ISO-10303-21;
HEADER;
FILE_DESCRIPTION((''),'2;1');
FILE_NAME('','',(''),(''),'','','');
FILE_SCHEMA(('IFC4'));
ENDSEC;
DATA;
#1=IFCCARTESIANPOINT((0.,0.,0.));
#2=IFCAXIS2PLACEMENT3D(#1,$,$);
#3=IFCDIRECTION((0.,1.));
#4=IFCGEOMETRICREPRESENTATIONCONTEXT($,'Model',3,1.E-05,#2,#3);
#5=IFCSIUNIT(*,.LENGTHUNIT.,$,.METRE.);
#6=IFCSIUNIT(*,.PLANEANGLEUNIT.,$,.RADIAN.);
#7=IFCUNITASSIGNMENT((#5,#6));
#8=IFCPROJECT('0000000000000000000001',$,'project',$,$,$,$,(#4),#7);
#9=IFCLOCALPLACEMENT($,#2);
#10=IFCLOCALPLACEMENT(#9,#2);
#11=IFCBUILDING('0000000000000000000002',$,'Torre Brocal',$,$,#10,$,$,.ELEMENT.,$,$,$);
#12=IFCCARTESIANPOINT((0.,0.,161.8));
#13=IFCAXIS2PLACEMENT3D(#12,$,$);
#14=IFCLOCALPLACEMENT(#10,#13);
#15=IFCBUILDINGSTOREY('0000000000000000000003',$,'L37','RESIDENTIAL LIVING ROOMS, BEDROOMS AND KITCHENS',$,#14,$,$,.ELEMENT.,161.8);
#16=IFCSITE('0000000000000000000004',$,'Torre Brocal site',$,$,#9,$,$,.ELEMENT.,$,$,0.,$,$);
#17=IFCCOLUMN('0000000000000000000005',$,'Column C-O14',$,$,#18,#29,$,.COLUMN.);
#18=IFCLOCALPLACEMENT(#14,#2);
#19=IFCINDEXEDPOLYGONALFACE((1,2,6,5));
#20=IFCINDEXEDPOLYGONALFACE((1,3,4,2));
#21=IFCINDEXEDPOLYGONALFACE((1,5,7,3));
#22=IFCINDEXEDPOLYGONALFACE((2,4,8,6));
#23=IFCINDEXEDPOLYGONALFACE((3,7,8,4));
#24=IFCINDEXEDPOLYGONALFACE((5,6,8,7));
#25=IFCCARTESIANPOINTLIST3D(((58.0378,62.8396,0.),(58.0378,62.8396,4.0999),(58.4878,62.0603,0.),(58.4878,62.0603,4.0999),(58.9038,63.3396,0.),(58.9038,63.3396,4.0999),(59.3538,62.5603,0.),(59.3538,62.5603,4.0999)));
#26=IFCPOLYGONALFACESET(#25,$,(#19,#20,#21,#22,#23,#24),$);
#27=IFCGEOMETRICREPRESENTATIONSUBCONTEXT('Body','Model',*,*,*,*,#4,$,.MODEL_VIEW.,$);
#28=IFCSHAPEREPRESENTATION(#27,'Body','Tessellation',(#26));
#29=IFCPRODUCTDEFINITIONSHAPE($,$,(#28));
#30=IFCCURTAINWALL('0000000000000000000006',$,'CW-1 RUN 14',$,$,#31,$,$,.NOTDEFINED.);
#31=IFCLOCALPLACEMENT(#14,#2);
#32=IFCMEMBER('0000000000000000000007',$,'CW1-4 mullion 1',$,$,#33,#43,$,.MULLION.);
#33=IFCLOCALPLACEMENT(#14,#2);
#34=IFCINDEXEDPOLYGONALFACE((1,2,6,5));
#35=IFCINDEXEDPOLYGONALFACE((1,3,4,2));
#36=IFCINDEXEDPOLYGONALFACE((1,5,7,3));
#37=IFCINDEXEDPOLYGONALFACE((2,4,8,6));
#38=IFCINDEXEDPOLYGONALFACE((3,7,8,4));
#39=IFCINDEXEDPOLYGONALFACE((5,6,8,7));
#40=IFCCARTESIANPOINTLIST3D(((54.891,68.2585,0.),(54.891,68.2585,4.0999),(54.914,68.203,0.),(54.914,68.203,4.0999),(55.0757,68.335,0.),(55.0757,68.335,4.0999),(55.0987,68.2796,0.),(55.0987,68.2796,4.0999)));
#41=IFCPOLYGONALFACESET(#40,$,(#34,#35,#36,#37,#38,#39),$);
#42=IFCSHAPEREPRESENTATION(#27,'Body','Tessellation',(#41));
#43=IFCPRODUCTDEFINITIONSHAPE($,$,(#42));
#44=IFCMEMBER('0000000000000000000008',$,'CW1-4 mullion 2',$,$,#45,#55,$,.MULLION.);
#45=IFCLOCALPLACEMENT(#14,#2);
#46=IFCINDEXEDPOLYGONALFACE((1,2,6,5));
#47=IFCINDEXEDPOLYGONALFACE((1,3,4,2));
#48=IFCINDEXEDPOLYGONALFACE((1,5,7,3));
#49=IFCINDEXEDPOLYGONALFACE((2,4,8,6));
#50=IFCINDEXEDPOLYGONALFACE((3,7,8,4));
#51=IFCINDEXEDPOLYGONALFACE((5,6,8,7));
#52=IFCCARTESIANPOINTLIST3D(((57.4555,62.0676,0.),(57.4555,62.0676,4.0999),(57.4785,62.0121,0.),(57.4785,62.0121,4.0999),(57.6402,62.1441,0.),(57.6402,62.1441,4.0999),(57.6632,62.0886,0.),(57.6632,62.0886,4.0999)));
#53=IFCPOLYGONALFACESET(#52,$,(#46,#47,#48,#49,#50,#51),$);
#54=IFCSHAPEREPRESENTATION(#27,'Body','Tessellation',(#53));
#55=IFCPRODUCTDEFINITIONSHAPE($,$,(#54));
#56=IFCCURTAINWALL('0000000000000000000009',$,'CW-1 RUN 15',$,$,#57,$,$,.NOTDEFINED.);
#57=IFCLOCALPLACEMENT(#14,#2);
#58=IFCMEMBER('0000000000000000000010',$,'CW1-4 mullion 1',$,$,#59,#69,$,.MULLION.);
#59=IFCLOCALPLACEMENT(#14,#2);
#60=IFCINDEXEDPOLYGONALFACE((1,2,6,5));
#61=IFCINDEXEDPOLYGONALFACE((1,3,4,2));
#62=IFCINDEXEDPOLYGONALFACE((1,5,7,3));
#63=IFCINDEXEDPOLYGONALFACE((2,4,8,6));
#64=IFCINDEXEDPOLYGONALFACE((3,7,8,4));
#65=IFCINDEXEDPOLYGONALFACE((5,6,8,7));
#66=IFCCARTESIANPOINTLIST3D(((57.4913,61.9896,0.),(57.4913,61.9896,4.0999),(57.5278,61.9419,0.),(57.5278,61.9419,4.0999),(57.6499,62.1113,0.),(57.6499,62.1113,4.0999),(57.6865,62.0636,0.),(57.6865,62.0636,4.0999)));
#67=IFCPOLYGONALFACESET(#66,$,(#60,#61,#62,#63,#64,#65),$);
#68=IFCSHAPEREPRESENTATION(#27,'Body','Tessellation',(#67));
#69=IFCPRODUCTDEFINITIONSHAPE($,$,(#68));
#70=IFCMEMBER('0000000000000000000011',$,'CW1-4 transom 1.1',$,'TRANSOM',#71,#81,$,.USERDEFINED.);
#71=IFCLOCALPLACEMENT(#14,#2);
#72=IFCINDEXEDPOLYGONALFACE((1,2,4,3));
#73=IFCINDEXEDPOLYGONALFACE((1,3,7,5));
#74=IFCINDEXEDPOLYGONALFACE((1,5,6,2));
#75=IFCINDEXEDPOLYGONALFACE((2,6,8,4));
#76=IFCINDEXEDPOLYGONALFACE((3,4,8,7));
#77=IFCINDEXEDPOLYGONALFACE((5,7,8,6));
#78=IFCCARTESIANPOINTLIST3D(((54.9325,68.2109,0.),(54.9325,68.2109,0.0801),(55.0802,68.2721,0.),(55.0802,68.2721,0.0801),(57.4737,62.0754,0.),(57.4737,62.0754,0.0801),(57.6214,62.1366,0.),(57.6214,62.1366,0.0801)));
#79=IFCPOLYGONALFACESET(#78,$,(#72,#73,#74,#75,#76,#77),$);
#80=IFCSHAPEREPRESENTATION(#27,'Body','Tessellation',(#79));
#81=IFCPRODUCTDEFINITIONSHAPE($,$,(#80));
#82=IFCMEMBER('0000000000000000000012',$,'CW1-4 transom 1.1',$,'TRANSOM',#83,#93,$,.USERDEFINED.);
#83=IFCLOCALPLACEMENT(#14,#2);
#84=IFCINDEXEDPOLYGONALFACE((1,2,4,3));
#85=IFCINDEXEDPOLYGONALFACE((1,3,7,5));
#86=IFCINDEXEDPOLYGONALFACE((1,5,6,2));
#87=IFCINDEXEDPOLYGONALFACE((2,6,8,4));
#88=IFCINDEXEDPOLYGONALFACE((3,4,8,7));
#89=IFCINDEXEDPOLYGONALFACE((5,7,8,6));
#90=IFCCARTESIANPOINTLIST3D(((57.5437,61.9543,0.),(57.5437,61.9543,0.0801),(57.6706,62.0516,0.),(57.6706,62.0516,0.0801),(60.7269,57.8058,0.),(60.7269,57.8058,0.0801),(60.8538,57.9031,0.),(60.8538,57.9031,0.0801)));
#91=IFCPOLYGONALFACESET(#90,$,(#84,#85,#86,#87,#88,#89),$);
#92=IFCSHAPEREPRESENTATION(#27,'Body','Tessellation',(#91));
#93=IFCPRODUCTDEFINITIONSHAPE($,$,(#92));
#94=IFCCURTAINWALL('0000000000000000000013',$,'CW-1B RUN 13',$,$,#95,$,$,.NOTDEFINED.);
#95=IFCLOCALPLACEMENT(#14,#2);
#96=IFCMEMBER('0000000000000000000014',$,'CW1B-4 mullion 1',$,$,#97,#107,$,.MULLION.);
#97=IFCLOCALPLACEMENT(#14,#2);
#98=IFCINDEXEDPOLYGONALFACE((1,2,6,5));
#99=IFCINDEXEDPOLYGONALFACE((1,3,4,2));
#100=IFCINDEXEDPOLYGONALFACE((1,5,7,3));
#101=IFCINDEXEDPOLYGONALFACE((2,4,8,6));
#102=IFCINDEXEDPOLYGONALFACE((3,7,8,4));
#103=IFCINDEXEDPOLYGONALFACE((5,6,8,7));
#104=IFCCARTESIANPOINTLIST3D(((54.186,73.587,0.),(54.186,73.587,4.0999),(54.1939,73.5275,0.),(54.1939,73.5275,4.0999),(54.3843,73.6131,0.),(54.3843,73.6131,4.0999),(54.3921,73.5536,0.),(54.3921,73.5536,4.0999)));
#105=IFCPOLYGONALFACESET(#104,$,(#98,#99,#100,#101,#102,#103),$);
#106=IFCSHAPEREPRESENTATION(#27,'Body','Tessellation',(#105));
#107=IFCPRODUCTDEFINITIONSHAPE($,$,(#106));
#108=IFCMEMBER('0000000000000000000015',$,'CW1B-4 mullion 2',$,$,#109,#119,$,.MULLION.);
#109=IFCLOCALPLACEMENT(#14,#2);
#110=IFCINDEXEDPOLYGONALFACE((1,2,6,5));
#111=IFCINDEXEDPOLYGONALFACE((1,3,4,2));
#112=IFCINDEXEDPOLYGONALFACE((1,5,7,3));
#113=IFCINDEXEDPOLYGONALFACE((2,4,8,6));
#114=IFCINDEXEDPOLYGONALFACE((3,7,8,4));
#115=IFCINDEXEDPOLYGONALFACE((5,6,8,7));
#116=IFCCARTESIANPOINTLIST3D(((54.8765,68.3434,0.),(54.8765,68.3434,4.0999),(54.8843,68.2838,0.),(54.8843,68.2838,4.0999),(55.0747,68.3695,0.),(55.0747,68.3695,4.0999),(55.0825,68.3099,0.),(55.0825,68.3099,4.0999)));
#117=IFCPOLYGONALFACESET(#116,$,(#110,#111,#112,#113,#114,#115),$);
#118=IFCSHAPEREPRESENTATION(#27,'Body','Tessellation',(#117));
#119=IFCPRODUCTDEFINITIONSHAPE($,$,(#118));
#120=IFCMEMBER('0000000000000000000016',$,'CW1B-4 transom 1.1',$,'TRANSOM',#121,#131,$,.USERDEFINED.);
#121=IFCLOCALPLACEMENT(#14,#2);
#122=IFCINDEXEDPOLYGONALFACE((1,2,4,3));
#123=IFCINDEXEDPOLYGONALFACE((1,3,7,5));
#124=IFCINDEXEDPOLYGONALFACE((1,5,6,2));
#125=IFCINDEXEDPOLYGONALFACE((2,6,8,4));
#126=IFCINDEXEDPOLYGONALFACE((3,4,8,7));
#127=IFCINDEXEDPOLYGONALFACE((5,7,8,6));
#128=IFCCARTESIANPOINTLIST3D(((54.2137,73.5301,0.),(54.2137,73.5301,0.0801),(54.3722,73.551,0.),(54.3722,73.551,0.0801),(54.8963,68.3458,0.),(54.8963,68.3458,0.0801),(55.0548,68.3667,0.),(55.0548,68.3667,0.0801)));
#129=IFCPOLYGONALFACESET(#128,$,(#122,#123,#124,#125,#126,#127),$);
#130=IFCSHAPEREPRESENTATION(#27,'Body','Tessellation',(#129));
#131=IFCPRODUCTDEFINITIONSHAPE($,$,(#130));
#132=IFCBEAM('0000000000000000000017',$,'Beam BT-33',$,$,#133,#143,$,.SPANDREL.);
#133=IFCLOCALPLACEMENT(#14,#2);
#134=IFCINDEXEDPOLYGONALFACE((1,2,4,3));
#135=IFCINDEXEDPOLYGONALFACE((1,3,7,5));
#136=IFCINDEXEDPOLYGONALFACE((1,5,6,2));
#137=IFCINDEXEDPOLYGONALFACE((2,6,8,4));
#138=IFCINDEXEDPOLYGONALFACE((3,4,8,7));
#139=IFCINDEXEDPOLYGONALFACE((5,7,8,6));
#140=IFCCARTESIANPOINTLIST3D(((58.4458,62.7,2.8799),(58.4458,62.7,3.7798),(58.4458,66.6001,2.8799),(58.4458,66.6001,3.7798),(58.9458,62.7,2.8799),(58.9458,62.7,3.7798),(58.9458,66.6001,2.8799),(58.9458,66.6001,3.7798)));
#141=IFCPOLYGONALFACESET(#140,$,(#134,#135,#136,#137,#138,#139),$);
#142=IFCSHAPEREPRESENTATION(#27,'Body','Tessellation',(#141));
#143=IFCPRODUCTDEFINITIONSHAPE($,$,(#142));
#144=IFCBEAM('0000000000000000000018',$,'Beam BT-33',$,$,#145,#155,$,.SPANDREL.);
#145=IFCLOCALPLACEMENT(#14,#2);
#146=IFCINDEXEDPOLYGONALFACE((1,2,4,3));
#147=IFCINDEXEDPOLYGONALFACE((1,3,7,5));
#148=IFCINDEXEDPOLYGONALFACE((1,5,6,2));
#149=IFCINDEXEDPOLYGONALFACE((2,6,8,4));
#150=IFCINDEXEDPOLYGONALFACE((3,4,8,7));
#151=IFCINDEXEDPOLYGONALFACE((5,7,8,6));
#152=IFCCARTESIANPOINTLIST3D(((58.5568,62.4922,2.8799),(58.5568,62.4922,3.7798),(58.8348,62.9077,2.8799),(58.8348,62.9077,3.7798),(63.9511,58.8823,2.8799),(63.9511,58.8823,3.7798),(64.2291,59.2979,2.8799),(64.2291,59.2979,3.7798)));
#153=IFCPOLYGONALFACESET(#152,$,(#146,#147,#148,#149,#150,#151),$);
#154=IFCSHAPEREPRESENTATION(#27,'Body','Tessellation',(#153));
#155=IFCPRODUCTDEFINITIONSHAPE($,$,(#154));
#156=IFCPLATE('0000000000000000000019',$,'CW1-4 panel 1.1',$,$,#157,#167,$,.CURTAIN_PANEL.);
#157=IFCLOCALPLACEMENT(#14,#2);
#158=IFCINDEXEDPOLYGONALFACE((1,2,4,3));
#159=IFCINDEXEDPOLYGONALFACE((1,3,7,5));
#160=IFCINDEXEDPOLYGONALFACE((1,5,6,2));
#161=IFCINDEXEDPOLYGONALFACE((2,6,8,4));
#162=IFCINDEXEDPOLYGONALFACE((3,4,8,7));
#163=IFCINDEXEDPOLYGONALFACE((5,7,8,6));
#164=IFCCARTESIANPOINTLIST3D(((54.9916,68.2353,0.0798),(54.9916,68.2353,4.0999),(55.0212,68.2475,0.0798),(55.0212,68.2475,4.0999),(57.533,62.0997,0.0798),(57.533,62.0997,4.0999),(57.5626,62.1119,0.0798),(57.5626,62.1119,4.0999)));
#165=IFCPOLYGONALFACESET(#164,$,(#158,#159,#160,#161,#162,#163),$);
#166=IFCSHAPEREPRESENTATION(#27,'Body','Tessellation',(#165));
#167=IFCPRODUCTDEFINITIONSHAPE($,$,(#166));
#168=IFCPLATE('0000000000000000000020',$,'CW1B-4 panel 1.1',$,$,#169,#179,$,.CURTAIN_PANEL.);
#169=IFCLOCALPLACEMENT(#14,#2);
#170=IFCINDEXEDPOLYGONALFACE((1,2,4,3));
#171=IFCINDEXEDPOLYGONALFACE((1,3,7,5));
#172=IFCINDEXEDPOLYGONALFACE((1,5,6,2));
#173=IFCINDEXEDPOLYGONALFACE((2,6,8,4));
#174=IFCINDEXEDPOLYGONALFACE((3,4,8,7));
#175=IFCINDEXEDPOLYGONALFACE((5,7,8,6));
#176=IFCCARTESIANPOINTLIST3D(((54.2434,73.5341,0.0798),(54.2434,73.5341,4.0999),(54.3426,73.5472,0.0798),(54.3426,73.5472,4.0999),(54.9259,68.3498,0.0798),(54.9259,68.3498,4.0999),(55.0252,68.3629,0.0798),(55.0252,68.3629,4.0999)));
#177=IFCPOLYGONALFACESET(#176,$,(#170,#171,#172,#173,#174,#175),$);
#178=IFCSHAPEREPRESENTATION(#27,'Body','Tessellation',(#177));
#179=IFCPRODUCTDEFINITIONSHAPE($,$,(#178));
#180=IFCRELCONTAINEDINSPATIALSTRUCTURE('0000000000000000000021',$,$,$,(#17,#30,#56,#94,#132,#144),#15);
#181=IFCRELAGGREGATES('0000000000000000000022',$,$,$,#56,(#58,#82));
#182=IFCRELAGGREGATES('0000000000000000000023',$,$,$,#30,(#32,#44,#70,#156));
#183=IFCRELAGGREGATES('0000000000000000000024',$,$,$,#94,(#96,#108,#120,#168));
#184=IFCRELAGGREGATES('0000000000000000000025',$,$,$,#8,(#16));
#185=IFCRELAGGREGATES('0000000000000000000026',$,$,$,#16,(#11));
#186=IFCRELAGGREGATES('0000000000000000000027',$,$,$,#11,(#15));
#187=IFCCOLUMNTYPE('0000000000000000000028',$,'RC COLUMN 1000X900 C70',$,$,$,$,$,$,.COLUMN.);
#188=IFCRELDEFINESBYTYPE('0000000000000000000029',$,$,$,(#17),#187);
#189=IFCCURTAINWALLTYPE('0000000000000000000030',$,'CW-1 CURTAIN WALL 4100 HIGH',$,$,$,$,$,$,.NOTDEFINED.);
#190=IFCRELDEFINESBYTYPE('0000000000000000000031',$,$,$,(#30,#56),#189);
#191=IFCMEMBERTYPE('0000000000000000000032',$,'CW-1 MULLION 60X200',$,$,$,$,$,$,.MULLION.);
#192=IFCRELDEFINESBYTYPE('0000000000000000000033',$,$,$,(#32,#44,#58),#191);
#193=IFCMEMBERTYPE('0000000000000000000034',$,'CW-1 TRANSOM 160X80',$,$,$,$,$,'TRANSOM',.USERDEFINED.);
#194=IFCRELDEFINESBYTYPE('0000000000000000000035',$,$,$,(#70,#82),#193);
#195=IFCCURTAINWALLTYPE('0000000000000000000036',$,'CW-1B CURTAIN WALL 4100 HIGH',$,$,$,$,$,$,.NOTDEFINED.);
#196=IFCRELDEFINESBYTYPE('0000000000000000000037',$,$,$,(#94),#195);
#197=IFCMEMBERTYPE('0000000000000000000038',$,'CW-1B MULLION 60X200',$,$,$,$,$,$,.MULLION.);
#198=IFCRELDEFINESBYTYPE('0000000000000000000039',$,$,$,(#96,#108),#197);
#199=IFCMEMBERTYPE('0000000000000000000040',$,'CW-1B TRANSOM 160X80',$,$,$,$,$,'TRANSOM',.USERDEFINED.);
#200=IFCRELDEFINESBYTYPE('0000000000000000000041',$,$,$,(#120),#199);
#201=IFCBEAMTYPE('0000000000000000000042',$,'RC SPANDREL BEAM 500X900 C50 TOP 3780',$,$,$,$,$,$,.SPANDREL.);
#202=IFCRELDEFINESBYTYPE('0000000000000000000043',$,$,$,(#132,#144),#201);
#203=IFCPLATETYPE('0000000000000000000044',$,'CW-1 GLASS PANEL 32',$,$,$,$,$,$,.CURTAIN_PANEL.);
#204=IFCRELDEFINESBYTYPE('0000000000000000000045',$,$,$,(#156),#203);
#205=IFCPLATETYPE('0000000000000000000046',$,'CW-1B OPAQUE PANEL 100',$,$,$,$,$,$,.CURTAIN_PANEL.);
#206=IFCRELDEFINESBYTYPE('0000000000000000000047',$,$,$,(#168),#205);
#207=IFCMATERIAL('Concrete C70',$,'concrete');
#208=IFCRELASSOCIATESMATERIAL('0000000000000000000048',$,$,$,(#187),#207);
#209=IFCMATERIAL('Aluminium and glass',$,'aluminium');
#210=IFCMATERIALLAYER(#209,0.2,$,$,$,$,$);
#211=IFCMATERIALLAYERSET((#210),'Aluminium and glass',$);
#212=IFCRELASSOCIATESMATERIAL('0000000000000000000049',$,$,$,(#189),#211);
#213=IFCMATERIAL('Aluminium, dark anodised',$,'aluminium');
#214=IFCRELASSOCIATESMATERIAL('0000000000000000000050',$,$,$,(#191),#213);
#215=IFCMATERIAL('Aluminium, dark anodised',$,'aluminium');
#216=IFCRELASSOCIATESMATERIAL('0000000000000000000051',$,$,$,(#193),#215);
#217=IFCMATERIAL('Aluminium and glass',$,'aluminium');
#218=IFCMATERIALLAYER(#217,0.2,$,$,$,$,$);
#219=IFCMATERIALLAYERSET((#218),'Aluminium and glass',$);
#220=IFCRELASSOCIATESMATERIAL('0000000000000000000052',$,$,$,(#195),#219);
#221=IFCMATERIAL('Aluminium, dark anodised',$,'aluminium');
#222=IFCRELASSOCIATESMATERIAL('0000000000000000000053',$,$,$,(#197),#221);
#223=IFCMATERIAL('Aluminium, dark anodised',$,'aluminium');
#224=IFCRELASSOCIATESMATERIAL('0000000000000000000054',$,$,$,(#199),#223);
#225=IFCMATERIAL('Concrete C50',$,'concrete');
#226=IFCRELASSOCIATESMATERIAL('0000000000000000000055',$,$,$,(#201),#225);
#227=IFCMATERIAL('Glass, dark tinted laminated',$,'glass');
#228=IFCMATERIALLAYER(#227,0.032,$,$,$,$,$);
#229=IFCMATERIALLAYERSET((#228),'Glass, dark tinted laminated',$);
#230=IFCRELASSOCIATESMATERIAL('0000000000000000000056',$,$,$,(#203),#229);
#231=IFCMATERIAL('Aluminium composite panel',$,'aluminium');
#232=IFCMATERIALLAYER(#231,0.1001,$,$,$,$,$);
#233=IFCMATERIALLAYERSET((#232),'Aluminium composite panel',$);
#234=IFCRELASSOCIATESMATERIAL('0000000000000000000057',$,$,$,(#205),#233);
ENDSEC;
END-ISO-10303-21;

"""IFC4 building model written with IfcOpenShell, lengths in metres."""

from ifc_helpers import new_model, si_unit, direction, frame, origin, origin_2d, place, context, subcontext, project, spatial, rectangle, extrude, material, layer, layer_set, material_profile, profile_set, type_object, element, aggregate, save


model = new_model("IFC4")

# Units and contexts
model_context = context("Model", 3, precision=1e-05, world=origin(), true_north=direction((0.0, 1.0)))
body_context = subcontext(model_context, "Body", "Model", "MODEL_VIEW")
ifc_project = project(units=[si_unit("LENGTHUNIT", "METRE"), si_unit("PLANEANGLEUNIT", "RADIAN")], contexts=[model_context])

# Site, building, storey
site_placement = place(None, origin())
site = spatial("IfcSite", under=ifc_project, at=site_placement, Name="Torre Brocal site", CompositionType="ELEMENT", RefElevation=0.0)
building_placement = place(site_placement, origin())
building = spatial("IfcBuilding", under=site, at=building_placement, Name="Torre Brocal", CompositionType="ELEMENT")
storey_placement = place(building_placement, frame((0.0, 0.0, 161.8)))
storey = spatial("IfcBuildingStorey", under=building, at=storey_placement, Name="L37", Description="RESIDENTIAL LIVING ROOMS, BEDROOMS AND KITCHENS", CompositionType="ELEMENT", Elevation=161.8)

# Column
ifc_material_1 = material(Name="Concrete C70", Category="concrete")
ifc_material_profile_1 = material_profile(ifc_material_1, rectangle(XDim=1.0, YDim=0.8999, at=origin_2d()), Name="RC 1000X900")
ifc_profile_set_1 = profile_set([ifc_material_profile_1], Name="Concrete C70")
column_type = type_object("IfcColumnType", Name="RC COLUMN 1000X900 C70", PredefinedType="COLUMN", material=ifc_profile_set_1)
column_placement = place(storey_placement, frame((58.6958, 62.7, 0.0), z_axis=(0.0, 0.0, 1.0), x_axis=(-0.866025, -0.5, 0.0)))
element("IfcColumn", 1, at=column_placement, inside=storey, type_object=column_type, Name="Column C-O14", PredefinedType="COLUMN", context=body_context, shape_type="SweptSolid", body=[
    extrude(rectangle(XDim=1.0, YDim=0.8999, at=origin_2d()), origin(), (0.0, 0.0, 1.0), 4.0999),
])

# Curtain wall, members
ifc_material_2 = material(Name="Aluminium and glass", Category="aluminium")
ifc_layer_1 = layer(ifc_material_2, 0.2)
ifc_layer_set_1 = layer_set([ifc_layer_1], Name="Aluminium and glass")
curtain_wall_type_1 = type_object("IfcCurtainWallType", Name="CW-1 CURTAIN WALL 4100 HIGH", PredefinedType="NOTDEFINED", material=ifc_layer_set_1)
curtain_wall_1_placement = place(storey_placement, origin())
curtain_wall_1 = element("IfcCurtainWall", 2, at=curtain_wall_1_placement, inside=storey, type_object=curtain_wall_type_1, Name="CW-1 RUN 14", PredefinedType="NOTDEFINED")
ifc_material_3 = material(Name="Aluminium, dark anodised", Category="aluminium")
ifc_material_profile_2 = material_profile(ifc_material_3, rectangle(XDim=0.2, YDim=0.0601, at=origin_2d()), Name="CW-1 MULLION 60X200")
ifc_profile_set_2 = profile_set([ifc_material_profile_2], Name="Aluminium, dark anodised")
member_type_1 = type_object("IfcMemberType", Name="CW-1 MULLION 60X200", PredefinedType="MULLION", material=ifc_profile_set_2)
member_1_placement = place(storey_placement, frame((54.9949, 68.269, 0.0), z_axis=(0.0, 0.0, 1.0), x_axis=(0.92388, 0.382683, 0.0)))
member_1 = element("IfcMember", 3, at=member_1_placement, type_object=member_type_1, Name="CW1-4 mullion 1", PredefinedType="MULLION", context=body_context, shape_type="SweptSolid", body=[
    extrude(rectangle(XDim=0.2, YDim=0.0601, at=origin_2d()), origin(), (0.0, 0.0, 1.0), 4.0999),
])
member_2_placement = place(storey_placement, frame((57.5593, 62.0781, 0.0), z_axis=(0.0, 0.0, 1.0), x_axis=(0.92388, 0.382683, 0.0)))
member_2 = element("IfcMember", 4, at=member_2_placement, type_object=member_type_1, Name="CW1-4 mullion 2", PredefinedType="MULLION", context=body_context, shape_type="SweptSolid", body=[
    extrude(rectangle(XDim=0.2, YDim=0.0601, at=origin_2d()), origin(), (0.0, 0.0, 1.0), 4.0999),
])

# Curtain wall, member
curtain_wall_2_placement = place(storey_placement, origin())
curtain_wall_2 = element("IfcCurtainWall", 5, at=curtain_wall_2_placement, inside=storey, type_object=curtain_wall_type_1, Name="CW-1 RUN 15", PredefinedType="NOTDEFINED")
member_3_placement = place(storey_placement, frame((57.5889, 62.0266, 0.0), z_axis=(0.0, 0.0, 1.0), x_axis=(0.793353, 0.608761, 0.0)))
member_3 = element("IfcMember", 6, at=member_3_placement, type_object=member_type_1, Name="CW1-4 mullion 1", PredefinedType="MULLION", context=body_context, shape_type="SweptSolid", body=[
    extrude(rectangle(XDim=0.2, YDim=0.0601, at=origin_2d()), origin(), (0.0, 0.0, 1.0), 4.0999),
])

# Members
ifc_material_4 = material(Name="Aluminium, dark anodised", Category="aluminium")
ifc_material_profile_3 = material_profile(ifc_material_4, rectangle(XDim=0.1599, YDim=0.0801, at=origin_2d()), Name="CW-1 TRANSOM 160X80")
ifc_profile_set_3 = profile_set([ifc_material_profile_3], Name="Aluminium, dark anodised")
member_type_2 = type_object("IfcMemberType", Name="CW-1 TRANSOM 160X80", ElementType="TRANSOM", PredefinedType="USERDEFINED", material=ifc_profile_set_3)
member_4_placement = place(storey_placement, frame((55.0063, 68.2415, 0.04), z_axis=(0.382665, -0.923887, 0.0), x_axis=(0.923887, 0.382665, 0.0)))
member_4 = element("IfcMember", 7, at=member_4_placement, type_object=member_type_2, Name="CW1-4 transom 1.1", ObjectType="TRANSOM", PredefinedType="USERDEFINED", context=body_context, shape_type="SweptSolid", body=[
    extrude(rectangle(XDim=0.1599, YDim=0.0801, at=origin_2d()), origin(), (0.0, 0.0, 1.0), 6.6409),
])
member_5_placement = place(storey_placement, frame((57.6072, 62.0029, 0.04), z_axis=(0.608749, -0.793363, 0.0), x_axis=(0.793363, 0.608749, 0.0)))
member_5 = element("IfcMember", 8, at=member_5_placement, type_object=member_type_2, Name="CW1-4 transom 1.1", ObjectType="TRANSOM", PredefinedType="USERDEFINED", context=body_context, shape_type="SweptSolid", body=[
    extrude(rectangle(XDim=0.1599, YDim=0.0801, at=origin_2d()), origin(), (0.0, 0.0, 1.0), 5.229),
])
aggregate(curtain_wall_2, [member_3, member_5])

# Curtain wall, members
ifc_material_5 = material(Name="Aluminium and glass", Category="aluminium")
ifc_layer_2 = layer(ifc_material_5, 0.2)
ifc_layer_set_2 = layer_set([ifc_layer_2], Name="Aluminium and glass")
curtain_wall_type_2 = type_object("IfcCurtainWallType", Name="CW-1B CURTAIN WALL 4100 HIGH", PredefinedType="NOTDEFINED", material=ifc_layer_set_2)
curtain_wall_3_placement = place(storey_placement, origin())
curtain_wall_3 = element("IfcCurtainWall", 9, at=curtain_wall_3_placement, inside=storey, type_object=curtain_wall_type_2, Name="CW-1B RUN 13", PredefinedType="NOTDEFINED")
ifc_material_6 = material(Name="Aluminium, dark anodised", Category="aluminium")
ifc_material_profile_4 = material_profile(ifc_material_6, rectangle(XDim=0.2, YDim=0.0601, at=origin_2d()), Name="CW-1B MULLION 60X200")
ifc_profile_set_4 = profile_set([ifc_material_profile_4], Name="Aluminium, dark anodised")
member_type_3 = type_object("IfcMemberType", Name="CW-1B MULLION 60X200", PredefinedType="MULLION", material=ifc_profile_set_4)
member_6_placement = place(storey_placement, frame((54.2891, 73.5703, 0.0), z_axis=(0.0, 0.0, 1.0), x_axis=(0.991445, 0.130526, 0.0)))
member_6 = element("IfcMember", 10, at=member_6_placement, type_object=member_type_3, Name="CW1B-4 mullion 1", PredefinedType="MULLION", context=body_context, shape_type="SweptSolid", body=[
    extrude(rectangle(XDim=0.2, YDim=0.0601, at=origin_2d()), origin(), (0.0, 0.0, 1.0), 4.0999),
])
member_7_placement = place(storey_placement, frame((54.9795, 68.3267, 0.0), z_axis=(0.0, 0.0, 1.0), x_axis=(0.991445, 0.130526, 0.0)))
member_7 = element("IfcMember", 11, at=member_7_placement, type_object=member_type_3, Name="CW1B-4 mullion 2", PredefinedType="MULLION", context=body_context, shape_type="SweptSolid", body=[
    extrude(rectangle(XDim=0.2, YDim=0.0601, at=origin_2d()), origin(), (0.0, 0.0, 1.0), 4.0999),
])
ifc_material_7 = material(Name="Aluminium, dark anodised", Category="aluminium")
ifc_material_profile_5 = material_profile(ifc_material_7, rectangle(XDim=0.1599, YDim=0.0801, at=origin_2d()), Name="CW-1B TRANSOM 160X80")
ifc_profile_set_5 = profile_set([ifc_material_profile_5], Name="Aluminium, dark anodised")
member_type_4 = type_object("IfcMemberType", Name="CW-1B TRANSOM 160X80", ElementType="TRANSOM", PredefinedType="USERDEFINED", material=ifc_profile_set_5)
member_8_placement = place(storey_placement, frame((54.293, 73.5405, 0.04), z_axis=(0.130543, -0.991443, 0.0), x_axis=(0.991443, 0.130543, 0.0)))
member_8 = element("IfcMember", 12, at=member_8_placement, type_object=member_type_4, Name="CW1B-4 transom 1.1", ObjectType="TRANSOM", PredefinedType="USERDEFINED", context=body_context, shape_type="SweptSolid", body=[
    extrude(rectangle(XDim=0.1599, YDim=0.0801, at=origin_2d()), origin(), (0.0, 0.0, 1.0), 5.229),
])

# Beams
ifc_material_8 = material(Name="Concrete C50", Category="concrete")
ifc_material_profile_6 = material_profile(ifc_material_8, rectangle(XDim=0.5, YDim=0.8999, at=origin_2d()), Name="RC 500X900")
ifc_profile_set_6 = profile_set([ifc_material_profile_6], Name="Concrete C50")
beam_type = type_object("IfcBeamType", Name="RC SPANDREL BEAM 500X900 C50 TOP 3780", PredefinedType="SPANDREL", material=ifc_profile_set_6)
beam_1_placement = place(storey_placement, frame((58.6958, 62.7, 3.3298), z_axis=(0.0, 1.0, 0.0), x_axis=(-1.0, 0.0, 0.0)))
element("IfcBeam", 13, at=beam_1_placement, inside=storey, type_object=beam_type, Name="Beam BT-33", PredefinedType="SPANDREL", context=body_context, shape_type="SweptSolid", body=[
    extrude(rectangle(XDim=0.5, YDim=0.8999, at=origin_2d()), origin(), (0.0, 0.0, 1.0), 3.9001),
])
beam_2_placement = place(storey_placement, frame((58.6958, 62.7, 3.3298), z_axis=(0.831077, -0.556158, 0.0), x_axis=(0.556158, 0.831077, 0.0)))
element("IfcBeam", 14, at=beam_2_placement, inside=storey, type_object=beam_type, Name="Beam BT-33", PredefinedType="SPANDREL", context=body_context, shape_type="SweptSolid", body=[
    extrude(rectangle(XDim=0.5, YDim=0.8999, at=origin_2d()), origin(), (0.0, 0.0, 1.0), 6.4907),
])

# Plates
ifc_material_9 = material(Name="Glass, dark tinted laminated", Category="glass")
ifc_layer_3 = layer(ifc_material_9, 0.032)
ifc_layer_set_3 = layer_set([ifc_layer_3], Name="Glass, dark tinted laminated")
plate_type_1 = type_object("IfcPlateType", Name="CW-1 GLASS PANEL 32", PredefinedType="CURTAIN_PANEL", material=ifc_layer_set_3)
plate_1_placement = place(storey_placement, frame((56.2771, 65.1736, 0.0798), z_axis=(0.0, 0.0, 1.0), x_axis=(0.382683, -0.92388, 0.0)))
plate_1 = element("IfcPlate", 15, at=plate_1_placement, type_object=plate_type_1, Name="CW1-4 panel 1.1", PredefinedType="CURTAIN_PANEL", context=body_context, shape_type="SweptSolid", body=[
    extrude(rectangle(XDim=6.6411, YDim=0.032, at=origin_2d()), origin(), (0.0, 0.0, 1.0), 4.02),
])
aggregate(curtain_wall_1, [member_1, member_2, member_4, plate_1])
ifc_material_10 = material(Name="Aluminium composite panel", Category="aluminium")
ifc_layer_4 = layer(ifc_material_10, 0.1001)
ifc_layer_set_4 = layer_set([ifc_layer_4], Name="Aluminium composite panel")
plate_type_2 = type_object("IfcPlateType", Name="CW-1B OPAQUE PANEL 100", PredefinedType="CURTAIN_PANEL", material=ifc_layer_set_4)
plate_2_placement = place(storey_placement, frame((54.6343, 70.9485, 0.0798), z_axis=(0.0, 0.0, 1.0), x_axis=(0.130526, -0.991445, 0.0)))
plate_2 = element("IfcPlate", 16, at=plate_2_placement, type_object=plate_type_2, Name="CW1B-4 panel 1.1", PredefinedType="CURTAIN_PANEL", context=body_context, shape_type="SweptSolid", body=[
    extrude(rectangle(XDim=5.229, YDim=0.1001, at=origin_2d()), origin(), (0.0, 0.0, 1.0), 4.02),
])
aggregate(curtain_wall_3, [member_6, member_7, member_8, plate_2])

save(model, "model.ifc")
